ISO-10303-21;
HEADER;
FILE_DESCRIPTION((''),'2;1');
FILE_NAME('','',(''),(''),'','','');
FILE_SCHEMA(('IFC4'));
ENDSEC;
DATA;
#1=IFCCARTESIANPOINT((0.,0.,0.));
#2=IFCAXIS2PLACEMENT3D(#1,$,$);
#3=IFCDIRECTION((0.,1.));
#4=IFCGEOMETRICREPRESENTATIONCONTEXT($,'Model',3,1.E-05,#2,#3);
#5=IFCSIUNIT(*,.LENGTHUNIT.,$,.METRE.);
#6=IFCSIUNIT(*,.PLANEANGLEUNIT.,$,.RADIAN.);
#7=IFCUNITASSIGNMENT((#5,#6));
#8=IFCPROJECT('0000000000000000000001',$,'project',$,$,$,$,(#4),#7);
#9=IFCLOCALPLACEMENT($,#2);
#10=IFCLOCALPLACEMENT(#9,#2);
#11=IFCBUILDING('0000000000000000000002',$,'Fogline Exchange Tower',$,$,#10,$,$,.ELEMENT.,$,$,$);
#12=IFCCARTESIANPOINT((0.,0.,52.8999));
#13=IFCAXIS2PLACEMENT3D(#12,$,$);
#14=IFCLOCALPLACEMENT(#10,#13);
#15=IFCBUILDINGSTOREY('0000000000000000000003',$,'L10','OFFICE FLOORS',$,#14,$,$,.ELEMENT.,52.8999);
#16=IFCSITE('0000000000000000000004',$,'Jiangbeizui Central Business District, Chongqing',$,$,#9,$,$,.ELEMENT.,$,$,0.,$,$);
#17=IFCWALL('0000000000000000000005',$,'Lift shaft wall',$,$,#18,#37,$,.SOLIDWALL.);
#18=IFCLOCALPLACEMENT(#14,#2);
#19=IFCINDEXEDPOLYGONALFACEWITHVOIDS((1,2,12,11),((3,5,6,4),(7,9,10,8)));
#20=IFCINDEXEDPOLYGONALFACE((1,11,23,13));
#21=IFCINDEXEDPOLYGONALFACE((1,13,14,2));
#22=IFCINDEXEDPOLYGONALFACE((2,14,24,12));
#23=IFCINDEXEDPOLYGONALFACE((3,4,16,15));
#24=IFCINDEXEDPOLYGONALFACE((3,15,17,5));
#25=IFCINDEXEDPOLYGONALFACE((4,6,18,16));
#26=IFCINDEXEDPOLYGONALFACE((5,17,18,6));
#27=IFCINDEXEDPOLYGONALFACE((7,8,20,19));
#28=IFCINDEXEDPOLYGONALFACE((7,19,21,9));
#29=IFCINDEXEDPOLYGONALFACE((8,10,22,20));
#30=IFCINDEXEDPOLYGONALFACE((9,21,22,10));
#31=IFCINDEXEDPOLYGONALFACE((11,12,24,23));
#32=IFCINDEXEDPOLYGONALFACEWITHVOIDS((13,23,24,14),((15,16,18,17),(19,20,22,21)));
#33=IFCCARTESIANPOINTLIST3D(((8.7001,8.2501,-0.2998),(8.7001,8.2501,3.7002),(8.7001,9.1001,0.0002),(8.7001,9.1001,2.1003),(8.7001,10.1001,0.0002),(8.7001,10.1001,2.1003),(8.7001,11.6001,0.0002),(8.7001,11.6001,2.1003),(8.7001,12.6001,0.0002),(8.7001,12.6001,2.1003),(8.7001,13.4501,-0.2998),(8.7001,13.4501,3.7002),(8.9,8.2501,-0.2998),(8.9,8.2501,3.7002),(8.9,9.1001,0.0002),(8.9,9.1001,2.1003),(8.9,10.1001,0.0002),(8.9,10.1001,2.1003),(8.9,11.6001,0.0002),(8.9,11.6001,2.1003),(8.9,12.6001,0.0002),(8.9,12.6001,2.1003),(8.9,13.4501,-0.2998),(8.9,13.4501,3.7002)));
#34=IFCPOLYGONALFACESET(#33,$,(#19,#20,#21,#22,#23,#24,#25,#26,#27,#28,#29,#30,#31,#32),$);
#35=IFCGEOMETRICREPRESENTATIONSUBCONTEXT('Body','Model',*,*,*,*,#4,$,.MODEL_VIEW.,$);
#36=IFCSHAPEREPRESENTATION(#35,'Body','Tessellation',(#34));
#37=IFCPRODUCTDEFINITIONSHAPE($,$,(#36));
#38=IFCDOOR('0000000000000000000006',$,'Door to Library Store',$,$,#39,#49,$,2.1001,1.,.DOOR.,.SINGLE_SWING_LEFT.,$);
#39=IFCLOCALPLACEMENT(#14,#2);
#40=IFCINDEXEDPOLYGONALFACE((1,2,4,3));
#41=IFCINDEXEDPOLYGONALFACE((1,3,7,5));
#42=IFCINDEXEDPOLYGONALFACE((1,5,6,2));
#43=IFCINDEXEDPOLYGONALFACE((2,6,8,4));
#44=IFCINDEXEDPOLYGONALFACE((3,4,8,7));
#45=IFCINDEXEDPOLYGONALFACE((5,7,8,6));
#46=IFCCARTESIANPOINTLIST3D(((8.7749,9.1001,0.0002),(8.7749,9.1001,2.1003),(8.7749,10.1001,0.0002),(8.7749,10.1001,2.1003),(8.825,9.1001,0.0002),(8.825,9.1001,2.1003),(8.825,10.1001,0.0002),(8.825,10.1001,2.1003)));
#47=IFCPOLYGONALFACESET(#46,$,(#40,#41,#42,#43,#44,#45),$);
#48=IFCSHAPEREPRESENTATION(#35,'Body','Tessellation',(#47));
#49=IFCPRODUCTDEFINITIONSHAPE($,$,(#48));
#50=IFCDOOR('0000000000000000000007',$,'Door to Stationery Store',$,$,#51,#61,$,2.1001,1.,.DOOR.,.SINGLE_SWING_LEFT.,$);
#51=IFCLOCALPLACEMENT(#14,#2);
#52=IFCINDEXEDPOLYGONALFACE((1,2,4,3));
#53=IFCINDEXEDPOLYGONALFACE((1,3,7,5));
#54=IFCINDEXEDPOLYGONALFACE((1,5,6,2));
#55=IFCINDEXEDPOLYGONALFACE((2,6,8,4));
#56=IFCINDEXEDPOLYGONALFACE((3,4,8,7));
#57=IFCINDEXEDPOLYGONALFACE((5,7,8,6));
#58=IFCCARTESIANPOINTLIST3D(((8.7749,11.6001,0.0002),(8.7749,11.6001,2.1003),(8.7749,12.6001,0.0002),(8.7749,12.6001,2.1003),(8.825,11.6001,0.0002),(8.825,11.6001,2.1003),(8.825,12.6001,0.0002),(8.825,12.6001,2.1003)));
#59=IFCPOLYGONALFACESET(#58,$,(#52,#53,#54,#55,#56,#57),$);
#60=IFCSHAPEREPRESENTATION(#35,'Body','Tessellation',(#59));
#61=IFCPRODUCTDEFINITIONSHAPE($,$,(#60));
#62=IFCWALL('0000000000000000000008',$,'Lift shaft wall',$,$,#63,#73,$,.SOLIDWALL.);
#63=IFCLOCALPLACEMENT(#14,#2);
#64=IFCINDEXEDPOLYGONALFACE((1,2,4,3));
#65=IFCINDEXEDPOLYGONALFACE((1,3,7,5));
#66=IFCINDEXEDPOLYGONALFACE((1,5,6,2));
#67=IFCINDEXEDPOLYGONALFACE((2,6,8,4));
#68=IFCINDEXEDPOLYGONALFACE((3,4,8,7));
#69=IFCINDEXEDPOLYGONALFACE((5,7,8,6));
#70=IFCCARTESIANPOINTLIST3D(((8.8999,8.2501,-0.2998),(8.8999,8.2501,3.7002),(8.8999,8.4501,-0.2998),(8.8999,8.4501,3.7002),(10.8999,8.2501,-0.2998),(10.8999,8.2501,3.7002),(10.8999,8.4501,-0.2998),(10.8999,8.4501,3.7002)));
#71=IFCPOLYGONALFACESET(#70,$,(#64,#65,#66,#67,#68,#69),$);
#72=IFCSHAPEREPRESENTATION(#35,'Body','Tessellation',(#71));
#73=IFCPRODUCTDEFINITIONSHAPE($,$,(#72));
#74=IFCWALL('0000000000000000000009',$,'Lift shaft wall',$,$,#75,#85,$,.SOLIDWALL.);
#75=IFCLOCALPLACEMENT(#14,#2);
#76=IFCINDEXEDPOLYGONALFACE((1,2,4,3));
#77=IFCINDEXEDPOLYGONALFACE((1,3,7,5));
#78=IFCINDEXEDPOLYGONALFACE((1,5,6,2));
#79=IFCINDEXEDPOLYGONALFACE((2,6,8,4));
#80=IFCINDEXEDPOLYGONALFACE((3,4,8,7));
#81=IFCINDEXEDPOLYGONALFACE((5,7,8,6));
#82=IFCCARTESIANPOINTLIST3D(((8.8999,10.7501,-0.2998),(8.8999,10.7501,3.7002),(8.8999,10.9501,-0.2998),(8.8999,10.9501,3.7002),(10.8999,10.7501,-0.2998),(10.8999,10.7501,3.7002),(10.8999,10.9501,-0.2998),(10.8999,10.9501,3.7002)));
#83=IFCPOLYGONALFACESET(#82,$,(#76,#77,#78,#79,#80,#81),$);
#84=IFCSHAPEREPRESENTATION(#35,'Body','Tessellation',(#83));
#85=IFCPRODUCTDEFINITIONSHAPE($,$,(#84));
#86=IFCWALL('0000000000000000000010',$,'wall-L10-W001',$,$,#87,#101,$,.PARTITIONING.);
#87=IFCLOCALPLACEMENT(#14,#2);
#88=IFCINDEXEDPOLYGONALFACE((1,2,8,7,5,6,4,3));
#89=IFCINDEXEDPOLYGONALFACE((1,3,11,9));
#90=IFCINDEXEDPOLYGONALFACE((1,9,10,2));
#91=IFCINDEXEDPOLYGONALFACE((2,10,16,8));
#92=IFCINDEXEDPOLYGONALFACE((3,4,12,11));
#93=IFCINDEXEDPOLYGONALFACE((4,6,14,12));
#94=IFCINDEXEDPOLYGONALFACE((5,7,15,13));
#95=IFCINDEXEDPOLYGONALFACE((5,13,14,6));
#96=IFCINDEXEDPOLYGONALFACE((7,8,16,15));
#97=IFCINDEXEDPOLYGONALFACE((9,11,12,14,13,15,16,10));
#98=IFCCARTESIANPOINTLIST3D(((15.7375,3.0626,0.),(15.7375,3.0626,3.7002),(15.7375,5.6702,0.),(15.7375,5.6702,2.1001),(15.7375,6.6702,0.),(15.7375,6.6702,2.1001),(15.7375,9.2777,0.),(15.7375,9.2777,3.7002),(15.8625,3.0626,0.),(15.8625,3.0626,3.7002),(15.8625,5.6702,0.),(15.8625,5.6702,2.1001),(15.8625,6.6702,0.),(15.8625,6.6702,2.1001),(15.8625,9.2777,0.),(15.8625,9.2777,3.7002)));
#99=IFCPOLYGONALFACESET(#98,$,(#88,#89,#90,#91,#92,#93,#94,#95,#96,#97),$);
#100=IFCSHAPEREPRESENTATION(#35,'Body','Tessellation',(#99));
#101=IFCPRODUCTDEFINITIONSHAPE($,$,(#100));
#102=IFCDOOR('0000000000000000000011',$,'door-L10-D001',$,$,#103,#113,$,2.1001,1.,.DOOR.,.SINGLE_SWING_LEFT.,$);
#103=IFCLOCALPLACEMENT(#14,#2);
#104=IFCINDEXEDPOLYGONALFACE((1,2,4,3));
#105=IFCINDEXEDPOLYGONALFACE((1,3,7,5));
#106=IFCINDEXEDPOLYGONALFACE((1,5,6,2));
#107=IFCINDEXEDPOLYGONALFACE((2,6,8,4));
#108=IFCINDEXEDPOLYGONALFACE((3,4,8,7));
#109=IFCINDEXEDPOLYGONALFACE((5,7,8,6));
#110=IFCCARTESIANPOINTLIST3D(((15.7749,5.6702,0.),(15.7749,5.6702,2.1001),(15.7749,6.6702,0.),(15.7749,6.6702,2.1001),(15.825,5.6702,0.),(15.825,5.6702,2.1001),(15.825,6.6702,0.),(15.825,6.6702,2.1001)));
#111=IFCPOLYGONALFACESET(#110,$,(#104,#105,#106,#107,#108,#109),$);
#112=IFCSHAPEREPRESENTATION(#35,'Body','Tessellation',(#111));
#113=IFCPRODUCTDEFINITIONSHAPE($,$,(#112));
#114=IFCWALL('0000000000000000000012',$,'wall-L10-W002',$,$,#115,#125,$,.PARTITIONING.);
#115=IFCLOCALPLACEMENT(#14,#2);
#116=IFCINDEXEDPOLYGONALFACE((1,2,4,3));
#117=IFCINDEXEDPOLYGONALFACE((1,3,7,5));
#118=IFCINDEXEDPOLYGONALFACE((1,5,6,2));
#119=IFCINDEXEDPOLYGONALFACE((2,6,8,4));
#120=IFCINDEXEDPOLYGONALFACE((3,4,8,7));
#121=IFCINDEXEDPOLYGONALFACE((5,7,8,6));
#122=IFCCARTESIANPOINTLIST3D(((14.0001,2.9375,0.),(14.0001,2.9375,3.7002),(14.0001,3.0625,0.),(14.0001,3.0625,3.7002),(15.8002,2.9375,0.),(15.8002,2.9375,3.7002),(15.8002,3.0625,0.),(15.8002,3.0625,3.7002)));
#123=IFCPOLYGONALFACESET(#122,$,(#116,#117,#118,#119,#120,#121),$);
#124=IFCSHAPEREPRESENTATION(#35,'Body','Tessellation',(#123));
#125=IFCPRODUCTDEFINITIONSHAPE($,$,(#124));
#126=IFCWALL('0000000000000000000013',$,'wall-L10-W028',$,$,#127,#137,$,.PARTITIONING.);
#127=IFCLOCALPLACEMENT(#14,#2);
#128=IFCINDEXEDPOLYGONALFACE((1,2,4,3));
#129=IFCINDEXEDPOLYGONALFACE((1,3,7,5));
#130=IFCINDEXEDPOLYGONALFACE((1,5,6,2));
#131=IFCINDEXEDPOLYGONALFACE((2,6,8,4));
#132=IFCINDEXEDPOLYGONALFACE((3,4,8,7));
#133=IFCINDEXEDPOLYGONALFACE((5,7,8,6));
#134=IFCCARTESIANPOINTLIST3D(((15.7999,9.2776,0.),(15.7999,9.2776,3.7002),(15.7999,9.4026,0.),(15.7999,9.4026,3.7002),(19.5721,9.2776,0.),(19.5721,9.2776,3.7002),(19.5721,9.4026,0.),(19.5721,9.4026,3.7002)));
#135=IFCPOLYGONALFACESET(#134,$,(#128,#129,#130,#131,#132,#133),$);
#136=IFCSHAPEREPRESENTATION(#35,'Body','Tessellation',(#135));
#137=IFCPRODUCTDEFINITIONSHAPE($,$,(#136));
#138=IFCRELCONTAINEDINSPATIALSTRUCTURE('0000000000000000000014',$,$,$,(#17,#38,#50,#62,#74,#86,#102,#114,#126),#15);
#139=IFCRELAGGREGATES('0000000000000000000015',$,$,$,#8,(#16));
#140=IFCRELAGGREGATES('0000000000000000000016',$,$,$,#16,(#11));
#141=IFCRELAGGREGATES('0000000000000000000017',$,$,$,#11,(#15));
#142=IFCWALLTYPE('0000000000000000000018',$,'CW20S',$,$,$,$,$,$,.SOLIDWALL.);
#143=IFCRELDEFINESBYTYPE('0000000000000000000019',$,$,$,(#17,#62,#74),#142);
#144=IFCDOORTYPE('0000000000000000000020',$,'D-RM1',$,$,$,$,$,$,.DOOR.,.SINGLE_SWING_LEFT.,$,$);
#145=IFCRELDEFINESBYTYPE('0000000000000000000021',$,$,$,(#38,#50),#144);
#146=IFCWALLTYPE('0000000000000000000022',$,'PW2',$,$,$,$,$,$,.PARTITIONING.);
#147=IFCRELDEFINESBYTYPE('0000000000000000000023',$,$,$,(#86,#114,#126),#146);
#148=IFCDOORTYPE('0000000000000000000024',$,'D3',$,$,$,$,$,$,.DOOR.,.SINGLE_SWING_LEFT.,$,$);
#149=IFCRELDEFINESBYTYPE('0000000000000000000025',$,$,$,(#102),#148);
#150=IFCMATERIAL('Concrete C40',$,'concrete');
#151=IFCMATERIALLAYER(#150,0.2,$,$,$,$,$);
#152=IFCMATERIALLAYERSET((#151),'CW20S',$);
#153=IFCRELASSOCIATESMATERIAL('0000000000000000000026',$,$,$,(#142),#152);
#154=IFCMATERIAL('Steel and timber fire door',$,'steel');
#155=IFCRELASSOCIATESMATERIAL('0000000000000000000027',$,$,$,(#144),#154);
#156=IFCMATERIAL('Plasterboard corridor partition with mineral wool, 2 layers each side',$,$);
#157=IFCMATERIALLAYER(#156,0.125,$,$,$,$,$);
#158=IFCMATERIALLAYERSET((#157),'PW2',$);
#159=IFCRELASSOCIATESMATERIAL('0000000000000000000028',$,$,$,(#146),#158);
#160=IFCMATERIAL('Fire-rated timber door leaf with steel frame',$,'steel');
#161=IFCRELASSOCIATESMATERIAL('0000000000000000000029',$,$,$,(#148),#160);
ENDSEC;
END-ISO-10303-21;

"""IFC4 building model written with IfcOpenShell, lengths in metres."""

from ifc_helpers import new_model, si_unit, direction, frame, frame_2d, origin, place, context, subcontext, project, spatial, rectangle, extrude, material, layer, layer_set, type_object, element, fill, save


model = new_model("IFC4")

# Units and contexts
model_context = context("Model", 3, precision=1e-05, world=origin(), true_north=direction((0.0, 1.0)))
body_context = subcontext(model_context, "Body", "Model", "MODEL_VIEW")
ifc_project = project(units=[si_unit("LENGTHUNIT", "METRE"), si_unit("PLANEANGLEUNIT", "RADIAN")], contexts=[model_context])

# Site, building, storey
site_placement = place(None, origin())
site = spatial("IfcSite", under=ifc_project, at=site_placement, Name="Jiangbeizui Central Business District, Chongqing", CompositionType="ELEMENT", RefElevation=0.0)
building_placement = place(site_placement, origin())
building = spatial("IfcBuilding", under=site, at=building_placement, Name="Fogline Exchange Tower", CompositionType="ELEMENT")
storey_placement = place(building_placement, frame((0.0, 0.0, 52.8999)))
storey = spatial("IfcBuildingStorey", under=building, at=storey_placement, Name="L10", Description="OFFICE FLOORS", CompositionType="ELEMENT", Elevation=52.8999)

# Shared definitions
ifc_material_1 = material(Name="Concrete C40", Category="concrete")

# Shared definitions
ifc_material_2 = material(Name="Steel and timber fire door", Category="steel")

# Wall, openings, doors
ifc_layer_1 = layer(ifc_material_1, 0.2)
ifc_layer_set_1 = layer_set([ifc_layer_1], Name="CW20S")
wall_type_1 = type_object("IfcWallType", Name="CW20S", PredefinedType="SOLIDWALL", material=ifc_layer_set_1)
wall_1_placement = place(storey_placement, frame((8.8, 8.25, -0.2998), z_axis=(0.0, 0.0, 1.0), x_axis=(0.0, 1.0, 0.0)))
wall_1 = element("IfcWall", 1, at=wall_1_placement, inside=storey, type_object=wall_type_1, Name="Lift shaft wall", PredefinedType="SOLIDWALL", context=body_context, shape_type="SweptSolid", body=[
    extrude(rectangle(XDim=5.2, YDim=0.2, at=frame_2d((2.6001, 0.0))), origin(), (0.0, 0.0, 1.0), 4.0),
])
opening_1_placement = place(wall_1_placement, frame((0.8501, 0.0, 0.3)))
opening_1 = element("IfcOpeningElement", 2, at=opening_1_placement, cuts=wall_1, PredefinedType="OPENING", context=body_context, shape_type="SweptSolid", body=[
    extrude(rectangle(XDim=1.0, YDim=2.1001, at=frame_2d((0.5, 1.05))), frame((0.0, 0.1099, 0.0), z_axis=(0.0, -1.0, 0.0), x_axis=(1.0, 0.0, 0.0)), (0.0, 0.0, 1.0), 0.22),
])
opening_2_placement = place(wall_1_placement, frame((3.3501, 0.0, 0.3)))
opening_2 = element("IfcOpeningElement", 3, at=opening_2_placement, cuts=wall_1, PredefinedType="OPENING", context=body_context, shape_type="SweptSolid", body=[
    extrude(rectangle(XDim=1.0, YDim=2.1001, at=frame_2d((0.5, 1.05))), frame((0.0, 0.1099, 0.0), z_axis=(0.0, -1.0, 0.0), x_axis=(1.0, 0.0, 0.0)), (0.0, 0.0, 1.0), 0.22),
])
door_type_1 = type_object("IfcDoorType", Name="D-RM1", OperationType="SINGLE_SWING_LEFT", PredefinedType="DOOR", material=ifc_material_2)
door_1_placement = place(opening_1_placement, frame((1.0, 0.0, 0.0), z_axis=(0.0, 0.0, 1.0), x_axis=(-1.0, 0.0, 0.0)))
door_1 = element("IfcDoor", 4, at=door_1_placement, inside=storey, type_object=door_type_1, Name="Door to Library Store", OperationType="SINGLE_SWING_LEFT", OverallHeight=2.1001, OverallWidth=1.0, PredefinedType="DOOR", context=body_context, shape_type="SweptSolid", body=[
    extrude(rectangle(XDim=1.0, YDim=2.1001, at=frame_2d((0.5, 1.05))), frame((0.0, 0.0249, 0.0), z_axis=(0.0, -1.0, 0.0), x_axis=(1.0, 0.0, 0.0)), (0.0, 0.0, 1.0), 0.05),
])
fill(opening_1, door_1)
door_2_placement = place(opening_2_placement, frame((1.0, 0.0, 0.0), z_axis=(0.0, 0.0, 1.0), x_axis=(-1.0, 0.0, 0.0)))
door_2 = element("IfcDoor", 5, at=door_2_placement, inside=storey, type_object=door_type_1, Name="Door to Stationery Store", OperationType="SINGLE_SWING_LEFT", OverallHeight=2.1001, OverallWidth=1.0, PredefinedType="DOOR", context=body_context, shape_type="SweptSolid", body=[
    extrude(rectangle(XDim=1.0, YDim=2.1001, at=frame_2d((0.5, 1.05))), frame((0.0, 0.0249, 0.0), z_axis=(0.0, -1.0, 0.0), x_axis=(1.0, 0.0, 0.0)), (0.0, 0.0, 1.0), 0.05),
])
fill(opening_2, door_2)

# Walls
for number, where, z_axis, x_axis, name in (
    (6, (8.8999, 8.3501, -0.2998), (0.0, 0.0, 1.0), (1.0, 0.0, 0.0), "Lift shaft wall"),
    (7, (8.8999, 10.8501, -0.2998), (0.0, 0.0, 1.0), (1.0, 0.0, 0.0), "Lift shaft wall"),
):
    element("IfcWall", number, at=place(storey_placement, frame(where, z_axis=z_axis, x_axis=x_axis)), inside=storey, type_object=wall_type_1, Name=name, PredefinedType="SOLIDWALL", context=body_context, shape_type="SweptSolid", body=[
        extrude(rectangle(XDim=2.0, YDim=0.2, at=frame_2d((1.0, 0.0))), origin(), (0.0, 0.0, 1.0), 4.0),
    ])

# Wall, opening, door
ifc_material_3 = material(Name="Plasterboard corridor partition with mineral wool, 2 layers each side")
ifc_layer_2 = layer(ifc_material_3, 0.125)
ifc_layer_set_2 = layer_set([ifc_layer_2], Name="PW2")
wall_type_2 = type_object("IfcWallType", Name="PW2", PredefinedType="PARTITIONING", material=ifc_layer_set_2)
wall_2_placement = place(storey_placement, frame((15.8, 9.2776, 0.0), z_axis=(0.0, 0.0, 1.0), x_axis=(0.0, -1.0, 0.0)))
wall_2 = element("IfcWall", 8, at=wall_2_placement, inside=storey, type_object=wall_type_2, Name="wall-L10-W001", PredefinedType="PARTITIONING", context=body_context, shape_type="SweptSolid", body=[
    extrude(rectangle(XDim=6.2151, YDim=0.125, at=frame_2d((3.1074, 0.0))), origin(), (0.0, 0.0, 1.0), 3.7002),
])
opening_3_placement = place(wall_2_placement, frame((2.6074, 0.0, 0.0)))
opening_3 = element("IfcOpeningElement", 9, at=opening_3_placement, cuts=wall_2, PredefinedType="OPENING", context=body_context, shape_type="SweptSolid", body=[
    extrude(rectangle(XDim=1.0, YDim=2.1001, at=frame_2d((0.5, 1.05))), frame((0.0, 0.0725, 0.0), z_axis=(0.0, -1.0, 0.0), x_axis=(1.0, 0.0, 0.0)), (0.0, 0.0, 1.0), 0.145),
])
ifc_material_4 = material(Name="Fire-rated timber door leaf with steel frame", Category="steel")
door_type_2 = type_object("IfcDoorType", Name="D3", OperationType="SINGLE_SWING_LEFT", PredefinedType="DOOR", material=ifc_material_4)
door_3_placement = place(opening_3_placement, origin())
door_3 = element("IfcDoor", 10, at=door_3_placement, inside=storey, type_object=door_type_2, Name="door-L10-D001", OperationType="SINGLE_SWING_LEFT", OverallHeight=2.1001, OverallWidth=1.0, PredefinedType="DOOR", context=body_context, shape_type="SweptSolid", body=[
    extrude(rectangle(XDim=1.0, YDim=2.1001, at=frame_2d((0.5, 1.05))), frame((0.0, 0.0249, 0.0), z_axis=(0.0, -1.0, 0.0), x_axis=(1.0, 0.0, 0.0)), (0.0, 0.0, 1.0), 0.05),
])
fill(opening_3, door_3)

# Walls
wall_3_placement = place(storey_placement, frame((15.8, 3.0, 0.0), z_axis=(0.0, 0.0, 1.0), x_axis=(-1.0, 0.0, 0.0)))
element("IfcWall", 11, at=wall_3_placement, inside=storey, type_object=wall_type_2, Name="wall-L10-W002", PredefinedType="PARTITIONING", context=body_context, shape_type="SweptSolid", body=[
    extrude(rectangle(XDim=1.8, YDim=0.125, at=frame_2d((0.8999, 0.0))), origin(), (0.0, 0.0, 1.0), 3.7002),
])
wall_4_placement = place(storey_placement, frame((19.5723, 9.3401, 0.0), z_axis=(0.0, 0.0, 1.0), x_axis=(-1.0, 0.0, 0.0)))
element("IfcWall", 12, at=wall_4_placement, inside=storey, type_object=wall_type_2, Name="wall-L10-W028", PredefinedType="PARTITIONING", context=body_context, shape_type="SweptSolid", body=[
    extrude(rectangle(XDim=3.7722, YDim=0.125, at=frame_2d((1.8862, 0.0))), origin(), (0.0, 0.0, 1.0), 3.7002),
])

save(model, "model.ifc")
